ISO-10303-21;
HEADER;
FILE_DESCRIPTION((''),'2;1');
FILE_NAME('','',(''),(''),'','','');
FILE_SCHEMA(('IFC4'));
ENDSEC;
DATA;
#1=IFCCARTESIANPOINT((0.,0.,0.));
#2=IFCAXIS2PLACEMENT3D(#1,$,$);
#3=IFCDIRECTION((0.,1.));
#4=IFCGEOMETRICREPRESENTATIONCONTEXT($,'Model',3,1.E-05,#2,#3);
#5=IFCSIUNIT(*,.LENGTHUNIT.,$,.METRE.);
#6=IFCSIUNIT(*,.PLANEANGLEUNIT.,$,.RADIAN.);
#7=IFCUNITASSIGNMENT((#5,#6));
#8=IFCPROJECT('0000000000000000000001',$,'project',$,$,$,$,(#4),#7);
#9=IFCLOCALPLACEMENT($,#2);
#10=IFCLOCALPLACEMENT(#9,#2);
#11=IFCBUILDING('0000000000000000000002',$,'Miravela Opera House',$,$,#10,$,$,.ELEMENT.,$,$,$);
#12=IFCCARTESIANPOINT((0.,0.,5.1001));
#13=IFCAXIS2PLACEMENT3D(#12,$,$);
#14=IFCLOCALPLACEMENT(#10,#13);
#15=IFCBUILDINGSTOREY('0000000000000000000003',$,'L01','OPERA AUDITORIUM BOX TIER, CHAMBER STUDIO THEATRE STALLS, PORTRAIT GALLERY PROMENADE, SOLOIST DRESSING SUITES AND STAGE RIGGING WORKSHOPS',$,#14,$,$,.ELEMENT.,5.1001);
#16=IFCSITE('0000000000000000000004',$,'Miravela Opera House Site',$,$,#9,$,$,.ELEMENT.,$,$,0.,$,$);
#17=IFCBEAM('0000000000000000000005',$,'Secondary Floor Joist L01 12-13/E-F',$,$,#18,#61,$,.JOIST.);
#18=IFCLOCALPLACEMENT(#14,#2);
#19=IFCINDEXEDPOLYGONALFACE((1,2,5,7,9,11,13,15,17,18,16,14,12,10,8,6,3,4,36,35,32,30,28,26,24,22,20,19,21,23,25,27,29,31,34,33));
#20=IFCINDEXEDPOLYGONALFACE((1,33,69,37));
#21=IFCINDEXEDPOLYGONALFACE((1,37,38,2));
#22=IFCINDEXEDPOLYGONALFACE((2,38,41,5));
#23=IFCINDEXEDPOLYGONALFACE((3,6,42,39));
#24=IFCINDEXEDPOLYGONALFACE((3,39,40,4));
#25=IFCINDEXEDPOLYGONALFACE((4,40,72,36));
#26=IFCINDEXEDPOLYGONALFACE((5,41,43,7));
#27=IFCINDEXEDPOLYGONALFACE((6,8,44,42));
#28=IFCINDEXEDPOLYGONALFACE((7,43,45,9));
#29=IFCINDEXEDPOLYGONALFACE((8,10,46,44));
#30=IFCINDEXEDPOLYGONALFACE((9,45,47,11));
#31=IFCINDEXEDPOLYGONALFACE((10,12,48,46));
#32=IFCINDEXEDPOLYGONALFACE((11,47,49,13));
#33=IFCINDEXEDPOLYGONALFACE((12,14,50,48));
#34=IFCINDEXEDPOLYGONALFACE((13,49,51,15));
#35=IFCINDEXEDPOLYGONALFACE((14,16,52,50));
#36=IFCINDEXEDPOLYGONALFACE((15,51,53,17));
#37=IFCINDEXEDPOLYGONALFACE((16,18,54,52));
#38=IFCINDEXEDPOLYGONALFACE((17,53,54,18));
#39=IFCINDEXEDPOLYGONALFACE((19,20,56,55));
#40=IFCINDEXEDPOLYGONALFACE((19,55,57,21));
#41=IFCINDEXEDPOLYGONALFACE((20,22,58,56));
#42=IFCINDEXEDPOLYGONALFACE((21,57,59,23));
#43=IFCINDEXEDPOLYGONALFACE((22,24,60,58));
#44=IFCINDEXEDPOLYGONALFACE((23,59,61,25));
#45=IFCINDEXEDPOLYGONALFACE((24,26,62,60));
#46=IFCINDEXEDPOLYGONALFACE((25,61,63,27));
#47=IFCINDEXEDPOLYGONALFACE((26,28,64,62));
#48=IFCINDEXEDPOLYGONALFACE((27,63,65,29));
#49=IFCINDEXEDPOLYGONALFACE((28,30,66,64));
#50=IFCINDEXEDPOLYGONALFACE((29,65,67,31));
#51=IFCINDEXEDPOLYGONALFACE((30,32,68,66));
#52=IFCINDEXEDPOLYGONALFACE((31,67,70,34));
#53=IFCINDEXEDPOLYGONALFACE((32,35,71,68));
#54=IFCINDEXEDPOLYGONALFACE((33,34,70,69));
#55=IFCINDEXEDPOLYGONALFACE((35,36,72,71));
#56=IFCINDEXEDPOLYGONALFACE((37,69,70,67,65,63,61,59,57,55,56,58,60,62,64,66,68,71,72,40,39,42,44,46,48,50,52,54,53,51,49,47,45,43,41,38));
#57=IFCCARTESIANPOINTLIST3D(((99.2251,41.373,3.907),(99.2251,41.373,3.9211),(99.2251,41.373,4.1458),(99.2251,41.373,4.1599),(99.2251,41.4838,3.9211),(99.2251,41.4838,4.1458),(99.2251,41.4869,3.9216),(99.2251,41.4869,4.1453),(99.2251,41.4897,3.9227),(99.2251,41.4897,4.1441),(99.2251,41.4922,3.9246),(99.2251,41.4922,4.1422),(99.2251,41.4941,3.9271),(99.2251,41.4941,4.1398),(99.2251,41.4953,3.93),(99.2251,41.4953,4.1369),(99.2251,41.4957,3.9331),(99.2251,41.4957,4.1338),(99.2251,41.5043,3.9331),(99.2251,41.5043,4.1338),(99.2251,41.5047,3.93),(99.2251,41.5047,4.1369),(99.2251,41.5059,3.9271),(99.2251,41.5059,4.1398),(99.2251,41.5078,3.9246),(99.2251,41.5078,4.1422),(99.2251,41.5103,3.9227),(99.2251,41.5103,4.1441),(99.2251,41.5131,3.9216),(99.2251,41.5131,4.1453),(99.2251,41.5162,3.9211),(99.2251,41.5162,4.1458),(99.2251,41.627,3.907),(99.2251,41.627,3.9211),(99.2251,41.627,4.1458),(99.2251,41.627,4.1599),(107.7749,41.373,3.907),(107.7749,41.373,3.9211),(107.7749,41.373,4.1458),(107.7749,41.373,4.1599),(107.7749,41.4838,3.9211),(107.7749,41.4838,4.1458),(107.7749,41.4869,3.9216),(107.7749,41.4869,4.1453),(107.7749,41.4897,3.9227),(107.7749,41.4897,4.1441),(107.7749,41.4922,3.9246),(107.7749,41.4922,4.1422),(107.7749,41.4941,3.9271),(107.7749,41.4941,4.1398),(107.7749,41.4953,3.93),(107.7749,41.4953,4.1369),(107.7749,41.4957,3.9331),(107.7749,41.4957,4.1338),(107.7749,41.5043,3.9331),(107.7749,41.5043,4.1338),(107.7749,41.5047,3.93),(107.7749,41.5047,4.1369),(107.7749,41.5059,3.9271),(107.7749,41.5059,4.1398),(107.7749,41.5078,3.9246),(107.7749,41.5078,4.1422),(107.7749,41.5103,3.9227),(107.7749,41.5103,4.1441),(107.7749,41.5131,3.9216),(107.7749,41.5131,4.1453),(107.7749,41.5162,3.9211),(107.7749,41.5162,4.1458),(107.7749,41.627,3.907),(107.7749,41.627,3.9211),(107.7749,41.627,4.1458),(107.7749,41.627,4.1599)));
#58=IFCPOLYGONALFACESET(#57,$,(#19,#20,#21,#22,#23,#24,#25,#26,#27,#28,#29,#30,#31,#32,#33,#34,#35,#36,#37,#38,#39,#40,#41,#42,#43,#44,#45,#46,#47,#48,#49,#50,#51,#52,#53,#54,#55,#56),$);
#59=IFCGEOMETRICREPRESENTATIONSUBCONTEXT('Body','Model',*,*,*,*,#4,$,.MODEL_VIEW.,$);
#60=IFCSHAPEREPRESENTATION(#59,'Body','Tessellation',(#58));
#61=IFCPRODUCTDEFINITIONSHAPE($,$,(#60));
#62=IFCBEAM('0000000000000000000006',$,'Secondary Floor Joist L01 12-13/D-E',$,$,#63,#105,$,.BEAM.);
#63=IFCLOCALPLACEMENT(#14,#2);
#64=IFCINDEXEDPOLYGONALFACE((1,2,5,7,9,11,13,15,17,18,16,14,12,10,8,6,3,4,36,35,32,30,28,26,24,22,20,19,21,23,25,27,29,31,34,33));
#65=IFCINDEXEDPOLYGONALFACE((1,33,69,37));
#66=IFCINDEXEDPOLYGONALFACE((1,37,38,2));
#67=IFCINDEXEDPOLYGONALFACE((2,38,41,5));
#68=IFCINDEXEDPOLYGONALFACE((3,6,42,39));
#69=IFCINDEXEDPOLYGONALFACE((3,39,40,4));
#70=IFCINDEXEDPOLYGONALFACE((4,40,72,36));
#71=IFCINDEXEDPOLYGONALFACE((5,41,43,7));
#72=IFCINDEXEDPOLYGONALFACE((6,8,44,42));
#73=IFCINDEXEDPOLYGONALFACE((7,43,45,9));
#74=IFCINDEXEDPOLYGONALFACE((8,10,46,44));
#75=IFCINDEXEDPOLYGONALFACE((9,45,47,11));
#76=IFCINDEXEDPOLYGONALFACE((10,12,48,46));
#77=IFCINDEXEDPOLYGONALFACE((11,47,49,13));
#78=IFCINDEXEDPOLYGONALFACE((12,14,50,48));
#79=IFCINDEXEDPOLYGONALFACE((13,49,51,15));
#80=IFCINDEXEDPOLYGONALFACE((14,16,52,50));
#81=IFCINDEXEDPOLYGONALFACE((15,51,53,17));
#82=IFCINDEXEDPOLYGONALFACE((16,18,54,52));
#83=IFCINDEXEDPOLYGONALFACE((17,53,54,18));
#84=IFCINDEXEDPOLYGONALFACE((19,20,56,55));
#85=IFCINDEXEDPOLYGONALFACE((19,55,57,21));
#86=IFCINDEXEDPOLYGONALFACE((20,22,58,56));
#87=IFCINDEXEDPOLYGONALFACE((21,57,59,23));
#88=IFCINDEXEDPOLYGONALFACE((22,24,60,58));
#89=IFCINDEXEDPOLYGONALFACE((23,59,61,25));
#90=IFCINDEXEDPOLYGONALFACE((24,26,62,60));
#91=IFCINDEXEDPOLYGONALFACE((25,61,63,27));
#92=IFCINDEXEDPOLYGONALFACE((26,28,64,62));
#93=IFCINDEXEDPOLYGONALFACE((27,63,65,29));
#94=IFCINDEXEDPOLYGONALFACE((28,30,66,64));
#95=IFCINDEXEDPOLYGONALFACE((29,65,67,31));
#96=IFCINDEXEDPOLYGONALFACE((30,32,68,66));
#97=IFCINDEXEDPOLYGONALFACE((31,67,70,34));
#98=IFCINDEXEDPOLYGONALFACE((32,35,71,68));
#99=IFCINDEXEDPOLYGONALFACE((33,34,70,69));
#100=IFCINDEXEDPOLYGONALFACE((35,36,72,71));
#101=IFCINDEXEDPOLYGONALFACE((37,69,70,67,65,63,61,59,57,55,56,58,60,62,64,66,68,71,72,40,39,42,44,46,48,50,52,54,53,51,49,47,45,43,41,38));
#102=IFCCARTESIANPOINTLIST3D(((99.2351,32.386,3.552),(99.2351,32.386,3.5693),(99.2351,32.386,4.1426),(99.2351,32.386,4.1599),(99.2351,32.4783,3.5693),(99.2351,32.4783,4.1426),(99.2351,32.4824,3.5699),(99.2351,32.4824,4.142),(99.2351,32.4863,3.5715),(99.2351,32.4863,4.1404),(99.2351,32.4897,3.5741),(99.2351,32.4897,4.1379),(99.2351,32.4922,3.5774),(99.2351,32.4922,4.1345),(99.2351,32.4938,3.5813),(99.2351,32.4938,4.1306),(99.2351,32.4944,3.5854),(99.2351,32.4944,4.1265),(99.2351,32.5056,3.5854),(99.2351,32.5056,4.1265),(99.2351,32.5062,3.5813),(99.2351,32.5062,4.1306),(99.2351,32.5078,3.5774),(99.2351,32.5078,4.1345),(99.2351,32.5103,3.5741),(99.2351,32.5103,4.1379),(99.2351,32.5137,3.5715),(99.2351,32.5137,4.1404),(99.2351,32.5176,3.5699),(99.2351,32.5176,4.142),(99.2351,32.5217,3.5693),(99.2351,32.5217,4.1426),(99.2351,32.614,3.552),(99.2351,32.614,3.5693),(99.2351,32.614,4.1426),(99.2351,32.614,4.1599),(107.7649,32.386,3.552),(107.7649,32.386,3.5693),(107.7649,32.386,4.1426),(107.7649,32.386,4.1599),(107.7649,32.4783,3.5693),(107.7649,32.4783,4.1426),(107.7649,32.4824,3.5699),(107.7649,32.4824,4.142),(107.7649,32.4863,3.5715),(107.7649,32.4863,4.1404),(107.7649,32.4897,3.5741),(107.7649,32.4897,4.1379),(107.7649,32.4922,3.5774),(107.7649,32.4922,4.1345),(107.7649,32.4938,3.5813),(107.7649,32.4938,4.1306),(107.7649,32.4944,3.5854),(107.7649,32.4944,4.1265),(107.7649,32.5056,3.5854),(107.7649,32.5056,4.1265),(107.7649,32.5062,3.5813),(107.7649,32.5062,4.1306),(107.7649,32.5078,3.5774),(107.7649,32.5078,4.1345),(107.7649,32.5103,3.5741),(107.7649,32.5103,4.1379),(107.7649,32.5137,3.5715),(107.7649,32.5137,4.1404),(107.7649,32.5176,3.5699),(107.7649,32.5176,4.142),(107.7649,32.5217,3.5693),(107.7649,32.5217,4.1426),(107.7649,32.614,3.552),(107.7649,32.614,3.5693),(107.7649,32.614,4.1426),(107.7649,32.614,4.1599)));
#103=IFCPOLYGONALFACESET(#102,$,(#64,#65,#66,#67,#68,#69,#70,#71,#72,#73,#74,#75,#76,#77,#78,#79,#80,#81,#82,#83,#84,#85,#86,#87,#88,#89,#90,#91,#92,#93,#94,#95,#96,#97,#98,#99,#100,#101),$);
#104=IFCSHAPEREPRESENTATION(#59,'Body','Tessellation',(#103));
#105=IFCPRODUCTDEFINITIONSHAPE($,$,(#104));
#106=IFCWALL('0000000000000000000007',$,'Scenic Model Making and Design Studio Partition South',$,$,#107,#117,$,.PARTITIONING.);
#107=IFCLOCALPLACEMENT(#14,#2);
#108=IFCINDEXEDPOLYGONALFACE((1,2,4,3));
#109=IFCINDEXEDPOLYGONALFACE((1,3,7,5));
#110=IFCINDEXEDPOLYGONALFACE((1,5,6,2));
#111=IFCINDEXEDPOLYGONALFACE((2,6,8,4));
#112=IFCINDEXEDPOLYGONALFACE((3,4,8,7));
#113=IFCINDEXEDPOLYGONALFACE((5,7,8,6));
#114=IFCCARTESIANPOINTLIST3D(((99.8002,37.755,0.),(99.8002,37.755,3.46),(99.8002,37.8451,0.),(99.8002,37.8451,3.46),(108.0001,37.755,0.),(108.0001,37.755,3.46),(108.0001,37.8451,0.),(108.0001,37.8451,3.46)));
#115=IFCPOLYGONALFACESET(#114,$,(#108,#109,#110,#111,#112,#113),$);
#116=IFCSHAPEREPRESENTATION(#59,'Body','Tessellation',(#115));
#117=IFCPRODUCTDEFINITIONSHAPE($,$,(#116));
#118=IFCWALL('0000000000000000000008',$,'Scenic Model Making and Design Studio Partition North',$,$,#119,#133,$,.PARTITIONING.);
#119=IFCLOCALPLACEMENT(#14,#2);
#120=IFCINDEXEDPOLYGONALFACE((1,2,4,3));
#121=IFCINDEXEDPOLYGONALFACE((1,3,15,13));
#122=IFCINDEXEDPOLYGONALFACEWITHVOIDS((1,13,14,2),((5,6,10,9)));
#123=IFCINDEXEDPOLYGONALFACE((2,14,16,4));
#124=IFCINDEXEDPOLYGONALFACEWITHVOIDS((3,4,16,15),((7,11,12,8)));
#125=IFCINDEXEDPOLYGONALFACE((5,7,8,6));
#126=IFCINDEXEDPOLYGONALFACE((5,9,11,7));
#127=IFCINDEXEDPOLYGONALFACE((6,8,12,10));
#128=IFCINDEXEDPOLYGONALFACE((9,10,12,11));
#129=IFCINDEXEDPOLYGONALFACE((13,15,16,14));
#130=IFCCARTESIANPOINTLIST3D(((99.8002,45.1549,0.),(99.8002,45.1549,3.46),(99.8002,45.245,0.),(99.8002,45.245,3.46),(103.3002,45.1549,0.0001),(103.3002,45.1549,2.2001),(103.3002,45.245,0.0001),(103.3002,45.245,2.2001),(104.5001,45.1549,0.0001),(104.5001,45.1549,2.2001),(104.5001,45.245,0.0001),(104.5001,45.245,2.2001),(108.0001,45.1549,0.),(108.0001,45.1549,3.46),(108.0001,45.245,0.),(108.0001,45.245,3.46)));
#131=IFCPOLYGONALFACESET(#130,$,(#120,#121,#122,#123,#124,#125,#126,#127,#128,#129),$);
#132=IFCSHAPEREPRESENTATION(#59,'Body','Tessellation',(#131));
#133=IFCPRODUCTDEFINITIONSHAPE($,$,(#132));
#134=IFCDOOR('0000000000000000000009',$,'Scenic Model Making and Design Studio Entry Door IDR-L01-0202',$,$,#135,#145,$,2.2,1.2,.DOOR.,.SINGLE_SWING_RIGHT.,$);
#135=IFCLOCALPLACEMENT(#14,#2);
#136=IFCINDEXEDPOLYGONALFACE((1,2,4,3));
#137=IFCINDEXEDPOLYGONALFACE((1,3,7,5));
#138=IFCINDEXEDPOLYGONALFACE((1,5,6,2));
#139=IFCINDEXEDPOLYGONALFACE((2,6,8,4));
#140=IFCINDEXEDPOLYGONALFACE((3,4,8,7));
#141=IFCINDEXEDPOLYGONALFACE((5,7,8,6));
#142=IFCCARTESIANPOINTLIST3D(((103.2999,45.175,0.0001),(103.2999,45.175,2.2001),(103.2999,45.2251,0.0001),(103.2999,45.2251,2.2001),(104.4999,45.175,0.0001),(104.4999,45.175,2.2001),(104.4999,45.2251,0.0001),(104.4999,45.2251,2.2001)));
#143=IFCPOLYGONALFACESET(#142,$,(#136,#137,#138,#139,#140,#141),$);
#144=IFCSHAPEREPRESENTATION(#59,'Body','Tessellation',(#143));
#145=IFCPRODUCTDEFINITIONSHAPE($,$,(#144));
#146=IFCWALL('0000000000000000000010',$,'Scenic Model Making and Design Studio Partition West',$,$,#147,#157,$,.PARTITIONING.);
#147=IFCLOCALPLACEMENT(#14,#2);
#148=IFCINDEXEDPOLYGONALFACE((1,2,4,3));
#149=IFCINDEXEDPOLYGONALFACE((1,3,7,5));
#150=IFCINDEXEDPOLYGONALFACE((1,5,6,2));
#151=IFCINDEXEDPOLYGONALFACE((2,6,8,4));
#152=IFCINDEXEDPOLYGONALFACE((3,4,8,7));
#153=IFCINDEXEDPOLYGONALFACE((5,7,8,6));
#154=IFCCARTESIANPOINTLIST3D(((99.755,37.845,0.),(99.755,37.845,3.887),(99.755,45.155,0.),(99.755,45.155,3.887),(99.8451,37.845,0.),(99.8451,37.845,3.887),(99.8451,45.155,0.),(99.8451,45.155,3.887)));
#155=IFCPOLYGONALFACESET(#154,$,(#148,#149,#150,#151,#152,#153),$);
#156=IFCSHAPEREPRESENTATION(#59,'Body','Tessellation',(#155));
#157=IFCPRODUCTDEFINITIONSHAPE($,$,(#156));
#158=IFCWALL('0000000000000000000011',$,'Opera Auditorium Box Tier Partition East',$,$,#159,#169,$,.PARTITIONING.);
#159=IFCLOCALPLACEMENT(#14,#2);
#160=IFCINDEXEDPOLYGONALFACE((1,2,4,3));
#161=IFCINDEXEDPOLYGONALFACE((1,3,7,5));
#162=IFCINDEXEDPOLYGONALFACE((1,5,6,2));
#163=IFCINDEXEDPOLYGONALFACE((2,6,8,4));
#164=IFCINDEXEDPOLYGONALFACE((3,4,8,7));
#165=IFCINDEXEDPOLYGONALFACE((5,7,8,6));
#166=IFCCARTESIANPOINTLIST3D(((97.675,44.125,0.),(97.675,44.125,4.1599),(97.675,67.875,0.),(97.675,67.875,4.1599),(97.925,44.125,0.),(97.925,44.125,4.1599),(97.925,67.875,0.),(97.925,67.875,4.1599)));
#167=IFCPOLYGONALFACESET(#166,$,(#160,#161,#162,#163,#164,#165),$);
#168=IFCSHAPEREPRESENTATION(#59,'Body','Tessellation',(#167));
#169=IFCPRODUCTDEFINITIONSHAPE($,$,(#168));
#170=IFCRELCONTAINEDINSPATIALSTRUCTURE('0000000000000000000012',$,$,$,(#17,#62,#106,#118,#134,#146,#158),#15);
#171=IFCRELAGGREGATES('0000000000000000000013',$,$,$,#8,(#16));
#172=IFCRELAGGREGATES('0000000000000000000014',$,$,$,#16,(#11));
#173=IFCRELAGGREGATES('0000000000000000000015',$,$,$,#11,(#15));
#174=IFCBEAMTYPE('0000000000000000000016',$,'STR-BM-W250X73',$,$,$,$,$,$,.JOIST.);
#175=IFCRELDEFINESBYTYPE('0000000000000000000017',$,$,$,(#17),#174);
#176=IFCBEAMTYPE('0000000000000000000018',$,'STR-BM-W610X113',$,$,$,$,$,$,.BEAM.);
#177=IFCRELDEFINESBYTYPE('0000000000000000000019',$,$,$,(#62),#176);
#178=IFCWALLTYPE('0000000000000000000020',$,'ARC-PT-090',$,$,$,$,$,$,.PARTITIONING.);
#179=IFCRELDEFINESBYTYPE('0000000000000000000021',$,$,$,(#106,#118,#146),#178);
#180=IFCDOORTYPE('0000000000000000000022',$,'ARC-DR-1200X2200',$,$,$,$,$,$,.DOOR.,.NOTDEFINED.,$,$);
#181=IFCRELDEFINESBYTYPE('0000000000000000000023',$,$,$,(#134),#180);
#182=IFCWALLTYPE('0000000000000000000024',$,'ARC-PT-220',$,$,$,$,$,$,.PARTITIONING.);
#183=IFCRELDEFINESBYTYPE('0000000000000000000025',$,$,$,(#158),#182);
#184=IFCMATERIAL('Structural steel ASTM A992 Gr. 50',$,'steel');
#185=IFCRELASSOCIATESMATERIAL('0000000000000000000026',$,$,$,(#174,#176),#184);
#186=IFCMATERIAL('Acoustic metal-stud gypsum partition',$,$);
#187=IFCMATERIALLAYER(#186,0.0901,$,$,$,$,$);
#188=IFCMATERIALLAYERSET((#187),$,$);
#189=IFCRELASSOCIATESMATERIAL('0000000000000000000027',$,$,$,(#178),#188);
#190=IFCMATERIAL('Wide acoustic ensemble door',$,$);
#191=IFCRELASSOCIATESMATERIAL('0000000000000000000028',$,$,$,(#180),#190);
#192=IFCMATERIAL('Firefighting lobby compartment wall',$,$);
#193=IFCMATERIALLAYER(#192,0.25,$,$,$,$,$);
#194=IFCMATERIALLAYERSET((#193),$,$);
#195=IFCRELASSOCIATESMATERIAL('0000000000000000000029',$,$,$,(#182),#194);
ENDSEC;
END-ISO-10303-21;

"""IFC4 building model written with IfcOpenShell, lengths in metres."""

from ifc_helpers import new_model, si_unit, direction, frame, frame_2d, origin, origin_2d, place, context, subcontext, project, spatial, rectangle, i_section, extrude, material, layer, layer_set, material_profile, profile_set, type_object, element, fill, save


model = new_model("IFC4")

# Units and contexts
model_context = context("Model", 3, precision=1e-05, world=origin(), true_north=direction((0.0, 1.0)))
body_context = subcontext(model_context, "Body", "Model", "MODEL_VIEW")
ifc_project = project(units=[si_unit("LENGTHUNIT", "METRE"), si_unit("PLANEANGLEUNIT", "RADIAN")], contexts=[model_context])

# Site, building, storey
site_placement = place(None, origin())
site = spatial("IfcSite", under=ifc_project, at=site_placement, Name="Miravela Opera House Site", CompositionType="ELEMENT", RefElevation=0.0)
building_placement = place(site_placement, origin())
building = spatial("IfcBuilding", under=site, at=building_placement, Name="Miravela Opera House", CompositionType="ELEMENT")
storey_placement = place(building_placement, frame((0.0, 0.0, 5.1001)))
storey = spatial("IfcBuildingStorey", under=building, at=storey_placement, Name="L01", Description="OPERA AUDITORIUM BOX TIER, CHAMBER STUDIO THEATRE STALLS, PORTRAIT GALLERY PROMENADE, SOLOIST DRESSING SUITES AND STAGE RIGGING WORKSHOPS", CompositionType="ELEMENT", Elevation=5.1001)

# Beams
ifc_material_1 = material(Name="Structural steel ASTM A992 Gr. 50", Category="steel")
ifc_material_profile_1 = material_profile(ifc_material_1, i_section(OverallWidth=0.2539, OverallDepth=0.2529, WebThickness=0.0085, FlangeThickness=0.0142, FilletRadius=0.012, at=origin_2d()), Name="W250X73")
ifc_profile_set_1 = profile_set([ifc_material_profile_1])
beam_type_1 = type_object("IfcBeamType", Name="STR-BM-W250X73", PredefinedType="JOIST", material=ifc_profile_set_1)
beam_1_placement = place(storey_placement, frame((99.2251, 41.5, 4.0334), z_axis=(1.0, 0.0, 0.0), x_axis=(0.0, 1.0, 0.0)))
element("IfcBeam", 1, at=beam_1_placement, inside=storey, type_object=beam_type_1, Name="Secondary Floor Joist L01 12-13/E-F", PredefinedType="JOIST", context=body_context, shape_type="SweptSolid", body=[
    extrude(i_section(OverallWidth=0.2539, OverallDepth=0.2529, WebThickness=0.0085, FlangeThickness=0.0142, FilletRadius=0.012, at=origin_2d()), origin(), (0.0, 0.0, 1.0), 8.5498),
])
ifc_material_profile_2 = material_profile(ifc_material_1, i_section(OverallWidth=0.228, OverallDepth=0.6079, WebThickness=0.0112, FlangeThickness=0.0173, FilletRadius=0.0161, at=origin_2d()), Name="W610X113")
ifc_profile_set_2 = profile_set([ifc_material_profile_2])
beam_type_2 = type_object("IfcBeamType", Name="STR-BM-W610X113", PredefinedType="BEAM", material=ifc_profile_set_2)
beam_2_placement = place(storey_placement, frame((99.2351, 32.5, 3.856), z_axis=(1.0, 0.0, 0.0), x_axis=(0.0, 1.0, 0.0)))
element("IfcBeam", 2, at=beam_2_placement, inside=storey, type_object=beam_type_2, Name="Secondary Floor Joist L01 12-13/D-E", PredefinedType="BEAM", context=body_context, shape_type="SweptSolid", body=[
    extrude(i_section(OverallWidth=0.228, OverallDepth=0.6079, WebThickness=0.0112, FlangeThickness=0.0173, FilletRadius=0.0161, at=origin_2d()), origin(), (0.0, 0.0, 1.0), 8.5298),
])

# Wall
ifc_material_2 = material(Name="Acoustic metal-stud gypsum partition")
ifc_layer_1 = layer(ifc_material_2, 0.0901)
ifc_layer_set_1 = layer_set([ifc_layer_1])
wall_type_1 = type_object("IfcWallType", Name="ARC-PT-090", PredefinedType="PARTITIONING", material=ifc_layer_set_1)
wall_1_placement = place(storey_placement, frame((99.8, 37.8, 0.0), z_axis=(0.0, 0.0, 1.0), x_axis=(1.0, 0.0, 0.0)))
element("IfcWall", 3, at=wall_1_placement, inside=storey, type_object=wall_type_1, Name="Scenic Model Making and Design Studio Partition South", PredefinedType="PARTITIONING", context=body_context, shape_type="SweptSolid", body=[
    extrude(rectangle(XDim=8.2, YDim=0.0901, at=frame_2d((4.1001, 0.0))), origin(), (0.0, 0.0, 1.0), 3.46),
])

# Wall, opening, door
wall_2_placement = place(storey_placement, frame((99.8, 45.2, 0.0), z_axis=(0.0, 0.0, 1.0), x_axis=(1.0, 0.0, 0.0)))
wall_2 = element("IfcWall", 4, at=wall_2_placement, inside=storey, type_object=wall_type_1, Name="Scenic Model Making and Design Studio Partition North", PredefinedType="PARTITIONING", context=body_context, shape_type="SweptSolid", body=[
    extrude(rectangle(XDim=8.2, YDim=0.0901, at=frame_2d((4.1001, 0.0))), origin(), (0.0, 0.0, 1.0), 3.46),
])
opening_1_placement = place(wall_2_placement, frame((3.5, 0.0, 0.0)))
opening_1 = element("IfcOpeningElement", 5, at=opening_1_placement, cuts=wall_2, PredefinedType="OPENING", context=body_context, shape_type="SweptSolid", body=[
    extrude(rectangle(XDim=1.2, YDim=2.2, at=frame_2d((0.6001, 1.1001))), frame((0.0, 0.0549, 0.0), z_axis=(0.0, -1.0, 0.0), x_axis=(1.0, 0.0, 0.0)), (0.0, 0.0, 1.0), 0.1101),
])
ifc_material_3 = material(Name="Wide acoustic ensemble door")
door_type_1 = type_object("IfcDoorType", Name="ARC-DR-1200X2200", OperationType="NOTDEFINED", PredefinedType="DOOR", material=ifc_material_3)
door_1_placement = place(opening_1_placement, frame((1.2, 0.0, 0.0), z_axis=(0.0, 0.0, 1.0), x_axis=(-1.0, 0.0, 0.0)))
door_1 = element("IfcDoor", 6, at=door_1_placement, inside=storey, type_object=door_type_1, Name="Scenic Model Making and Design Studio Entry Door IDR-L01-0202", OperationType="SINGLE_SWING_RIGHT", OverallHeight=2.2, OverallWidth=1.2, PredefinedType="DOOR", context=body_context, shape_type="SweptSolid", body=[
    extrude(rectangle(XDim=1.2, YDim=2.2, at=frame_2d((0.6001, 1.1001))), frame((0.0, 0.0249, 0.0), z_axis=(0.0, -1.0, 0.0), x_axis=(1.0, 0.0, 0.0)), (0.0, 0.0, 1.0), 0.05),
])
fill(opening_1, door_1)

# Walls
wall_3_placement = place(storey_placement, frame((99.8, 37.845, 0.0), z_axis=(0.0, 0.0, 1.0), x_axis=(0.0, 1.0, 0.0)))
element("IfcWall", 7, at=wall_3_placement, inside=storey, type_object=wall_type_1, Name="Scenic Model Making and Design Studio Partition West", PredefinedType="PARTITIONING", context=body_context, shape_type="SweptSolid", body=[
    extrude(rectangle(XDim=7.3101, YDim=0.0901, at=frame_2d((3.655, 0.0))), origin(), (0.0, 0.0, 1.0), 3.887),
])
ifc_material_4 = material(Name="Firefighting lobby compartment wall")
ifc_layer_2 = layer(ifc_material_4, 0.25)
ifc_layer_set_2 = layer_set([ifc_layer_2])
wall_type_2 = type_object("IfcWallType", Name="ARC-PT-220", PredefinedType="PARTITIONING", material=ifc_layer_set_2)
wall_4_placement = place(storey_placement, frame((97.8, 44.125, 0.0), z_axis=(0.0, 0.0, 1.0), x_axis=(0.0, 1.0, 0.0)))
element("IfcWall", 8, at=wall_4_placement, inside=storey, type_object=wall_type_2, Name="Opera Auditorium Box Tier Partition East", PredefinedType="PARTITIONING", context=body_context, shape_type="SweptSolid", body=[
    extrude(rectangle(XDim=23.75, YDim=0.25, at=frame_2d((11.875, 0.0))), origin(), (0.0, 0.0, 1.0), 4.1599),
])

save(model, "model.ifc")
